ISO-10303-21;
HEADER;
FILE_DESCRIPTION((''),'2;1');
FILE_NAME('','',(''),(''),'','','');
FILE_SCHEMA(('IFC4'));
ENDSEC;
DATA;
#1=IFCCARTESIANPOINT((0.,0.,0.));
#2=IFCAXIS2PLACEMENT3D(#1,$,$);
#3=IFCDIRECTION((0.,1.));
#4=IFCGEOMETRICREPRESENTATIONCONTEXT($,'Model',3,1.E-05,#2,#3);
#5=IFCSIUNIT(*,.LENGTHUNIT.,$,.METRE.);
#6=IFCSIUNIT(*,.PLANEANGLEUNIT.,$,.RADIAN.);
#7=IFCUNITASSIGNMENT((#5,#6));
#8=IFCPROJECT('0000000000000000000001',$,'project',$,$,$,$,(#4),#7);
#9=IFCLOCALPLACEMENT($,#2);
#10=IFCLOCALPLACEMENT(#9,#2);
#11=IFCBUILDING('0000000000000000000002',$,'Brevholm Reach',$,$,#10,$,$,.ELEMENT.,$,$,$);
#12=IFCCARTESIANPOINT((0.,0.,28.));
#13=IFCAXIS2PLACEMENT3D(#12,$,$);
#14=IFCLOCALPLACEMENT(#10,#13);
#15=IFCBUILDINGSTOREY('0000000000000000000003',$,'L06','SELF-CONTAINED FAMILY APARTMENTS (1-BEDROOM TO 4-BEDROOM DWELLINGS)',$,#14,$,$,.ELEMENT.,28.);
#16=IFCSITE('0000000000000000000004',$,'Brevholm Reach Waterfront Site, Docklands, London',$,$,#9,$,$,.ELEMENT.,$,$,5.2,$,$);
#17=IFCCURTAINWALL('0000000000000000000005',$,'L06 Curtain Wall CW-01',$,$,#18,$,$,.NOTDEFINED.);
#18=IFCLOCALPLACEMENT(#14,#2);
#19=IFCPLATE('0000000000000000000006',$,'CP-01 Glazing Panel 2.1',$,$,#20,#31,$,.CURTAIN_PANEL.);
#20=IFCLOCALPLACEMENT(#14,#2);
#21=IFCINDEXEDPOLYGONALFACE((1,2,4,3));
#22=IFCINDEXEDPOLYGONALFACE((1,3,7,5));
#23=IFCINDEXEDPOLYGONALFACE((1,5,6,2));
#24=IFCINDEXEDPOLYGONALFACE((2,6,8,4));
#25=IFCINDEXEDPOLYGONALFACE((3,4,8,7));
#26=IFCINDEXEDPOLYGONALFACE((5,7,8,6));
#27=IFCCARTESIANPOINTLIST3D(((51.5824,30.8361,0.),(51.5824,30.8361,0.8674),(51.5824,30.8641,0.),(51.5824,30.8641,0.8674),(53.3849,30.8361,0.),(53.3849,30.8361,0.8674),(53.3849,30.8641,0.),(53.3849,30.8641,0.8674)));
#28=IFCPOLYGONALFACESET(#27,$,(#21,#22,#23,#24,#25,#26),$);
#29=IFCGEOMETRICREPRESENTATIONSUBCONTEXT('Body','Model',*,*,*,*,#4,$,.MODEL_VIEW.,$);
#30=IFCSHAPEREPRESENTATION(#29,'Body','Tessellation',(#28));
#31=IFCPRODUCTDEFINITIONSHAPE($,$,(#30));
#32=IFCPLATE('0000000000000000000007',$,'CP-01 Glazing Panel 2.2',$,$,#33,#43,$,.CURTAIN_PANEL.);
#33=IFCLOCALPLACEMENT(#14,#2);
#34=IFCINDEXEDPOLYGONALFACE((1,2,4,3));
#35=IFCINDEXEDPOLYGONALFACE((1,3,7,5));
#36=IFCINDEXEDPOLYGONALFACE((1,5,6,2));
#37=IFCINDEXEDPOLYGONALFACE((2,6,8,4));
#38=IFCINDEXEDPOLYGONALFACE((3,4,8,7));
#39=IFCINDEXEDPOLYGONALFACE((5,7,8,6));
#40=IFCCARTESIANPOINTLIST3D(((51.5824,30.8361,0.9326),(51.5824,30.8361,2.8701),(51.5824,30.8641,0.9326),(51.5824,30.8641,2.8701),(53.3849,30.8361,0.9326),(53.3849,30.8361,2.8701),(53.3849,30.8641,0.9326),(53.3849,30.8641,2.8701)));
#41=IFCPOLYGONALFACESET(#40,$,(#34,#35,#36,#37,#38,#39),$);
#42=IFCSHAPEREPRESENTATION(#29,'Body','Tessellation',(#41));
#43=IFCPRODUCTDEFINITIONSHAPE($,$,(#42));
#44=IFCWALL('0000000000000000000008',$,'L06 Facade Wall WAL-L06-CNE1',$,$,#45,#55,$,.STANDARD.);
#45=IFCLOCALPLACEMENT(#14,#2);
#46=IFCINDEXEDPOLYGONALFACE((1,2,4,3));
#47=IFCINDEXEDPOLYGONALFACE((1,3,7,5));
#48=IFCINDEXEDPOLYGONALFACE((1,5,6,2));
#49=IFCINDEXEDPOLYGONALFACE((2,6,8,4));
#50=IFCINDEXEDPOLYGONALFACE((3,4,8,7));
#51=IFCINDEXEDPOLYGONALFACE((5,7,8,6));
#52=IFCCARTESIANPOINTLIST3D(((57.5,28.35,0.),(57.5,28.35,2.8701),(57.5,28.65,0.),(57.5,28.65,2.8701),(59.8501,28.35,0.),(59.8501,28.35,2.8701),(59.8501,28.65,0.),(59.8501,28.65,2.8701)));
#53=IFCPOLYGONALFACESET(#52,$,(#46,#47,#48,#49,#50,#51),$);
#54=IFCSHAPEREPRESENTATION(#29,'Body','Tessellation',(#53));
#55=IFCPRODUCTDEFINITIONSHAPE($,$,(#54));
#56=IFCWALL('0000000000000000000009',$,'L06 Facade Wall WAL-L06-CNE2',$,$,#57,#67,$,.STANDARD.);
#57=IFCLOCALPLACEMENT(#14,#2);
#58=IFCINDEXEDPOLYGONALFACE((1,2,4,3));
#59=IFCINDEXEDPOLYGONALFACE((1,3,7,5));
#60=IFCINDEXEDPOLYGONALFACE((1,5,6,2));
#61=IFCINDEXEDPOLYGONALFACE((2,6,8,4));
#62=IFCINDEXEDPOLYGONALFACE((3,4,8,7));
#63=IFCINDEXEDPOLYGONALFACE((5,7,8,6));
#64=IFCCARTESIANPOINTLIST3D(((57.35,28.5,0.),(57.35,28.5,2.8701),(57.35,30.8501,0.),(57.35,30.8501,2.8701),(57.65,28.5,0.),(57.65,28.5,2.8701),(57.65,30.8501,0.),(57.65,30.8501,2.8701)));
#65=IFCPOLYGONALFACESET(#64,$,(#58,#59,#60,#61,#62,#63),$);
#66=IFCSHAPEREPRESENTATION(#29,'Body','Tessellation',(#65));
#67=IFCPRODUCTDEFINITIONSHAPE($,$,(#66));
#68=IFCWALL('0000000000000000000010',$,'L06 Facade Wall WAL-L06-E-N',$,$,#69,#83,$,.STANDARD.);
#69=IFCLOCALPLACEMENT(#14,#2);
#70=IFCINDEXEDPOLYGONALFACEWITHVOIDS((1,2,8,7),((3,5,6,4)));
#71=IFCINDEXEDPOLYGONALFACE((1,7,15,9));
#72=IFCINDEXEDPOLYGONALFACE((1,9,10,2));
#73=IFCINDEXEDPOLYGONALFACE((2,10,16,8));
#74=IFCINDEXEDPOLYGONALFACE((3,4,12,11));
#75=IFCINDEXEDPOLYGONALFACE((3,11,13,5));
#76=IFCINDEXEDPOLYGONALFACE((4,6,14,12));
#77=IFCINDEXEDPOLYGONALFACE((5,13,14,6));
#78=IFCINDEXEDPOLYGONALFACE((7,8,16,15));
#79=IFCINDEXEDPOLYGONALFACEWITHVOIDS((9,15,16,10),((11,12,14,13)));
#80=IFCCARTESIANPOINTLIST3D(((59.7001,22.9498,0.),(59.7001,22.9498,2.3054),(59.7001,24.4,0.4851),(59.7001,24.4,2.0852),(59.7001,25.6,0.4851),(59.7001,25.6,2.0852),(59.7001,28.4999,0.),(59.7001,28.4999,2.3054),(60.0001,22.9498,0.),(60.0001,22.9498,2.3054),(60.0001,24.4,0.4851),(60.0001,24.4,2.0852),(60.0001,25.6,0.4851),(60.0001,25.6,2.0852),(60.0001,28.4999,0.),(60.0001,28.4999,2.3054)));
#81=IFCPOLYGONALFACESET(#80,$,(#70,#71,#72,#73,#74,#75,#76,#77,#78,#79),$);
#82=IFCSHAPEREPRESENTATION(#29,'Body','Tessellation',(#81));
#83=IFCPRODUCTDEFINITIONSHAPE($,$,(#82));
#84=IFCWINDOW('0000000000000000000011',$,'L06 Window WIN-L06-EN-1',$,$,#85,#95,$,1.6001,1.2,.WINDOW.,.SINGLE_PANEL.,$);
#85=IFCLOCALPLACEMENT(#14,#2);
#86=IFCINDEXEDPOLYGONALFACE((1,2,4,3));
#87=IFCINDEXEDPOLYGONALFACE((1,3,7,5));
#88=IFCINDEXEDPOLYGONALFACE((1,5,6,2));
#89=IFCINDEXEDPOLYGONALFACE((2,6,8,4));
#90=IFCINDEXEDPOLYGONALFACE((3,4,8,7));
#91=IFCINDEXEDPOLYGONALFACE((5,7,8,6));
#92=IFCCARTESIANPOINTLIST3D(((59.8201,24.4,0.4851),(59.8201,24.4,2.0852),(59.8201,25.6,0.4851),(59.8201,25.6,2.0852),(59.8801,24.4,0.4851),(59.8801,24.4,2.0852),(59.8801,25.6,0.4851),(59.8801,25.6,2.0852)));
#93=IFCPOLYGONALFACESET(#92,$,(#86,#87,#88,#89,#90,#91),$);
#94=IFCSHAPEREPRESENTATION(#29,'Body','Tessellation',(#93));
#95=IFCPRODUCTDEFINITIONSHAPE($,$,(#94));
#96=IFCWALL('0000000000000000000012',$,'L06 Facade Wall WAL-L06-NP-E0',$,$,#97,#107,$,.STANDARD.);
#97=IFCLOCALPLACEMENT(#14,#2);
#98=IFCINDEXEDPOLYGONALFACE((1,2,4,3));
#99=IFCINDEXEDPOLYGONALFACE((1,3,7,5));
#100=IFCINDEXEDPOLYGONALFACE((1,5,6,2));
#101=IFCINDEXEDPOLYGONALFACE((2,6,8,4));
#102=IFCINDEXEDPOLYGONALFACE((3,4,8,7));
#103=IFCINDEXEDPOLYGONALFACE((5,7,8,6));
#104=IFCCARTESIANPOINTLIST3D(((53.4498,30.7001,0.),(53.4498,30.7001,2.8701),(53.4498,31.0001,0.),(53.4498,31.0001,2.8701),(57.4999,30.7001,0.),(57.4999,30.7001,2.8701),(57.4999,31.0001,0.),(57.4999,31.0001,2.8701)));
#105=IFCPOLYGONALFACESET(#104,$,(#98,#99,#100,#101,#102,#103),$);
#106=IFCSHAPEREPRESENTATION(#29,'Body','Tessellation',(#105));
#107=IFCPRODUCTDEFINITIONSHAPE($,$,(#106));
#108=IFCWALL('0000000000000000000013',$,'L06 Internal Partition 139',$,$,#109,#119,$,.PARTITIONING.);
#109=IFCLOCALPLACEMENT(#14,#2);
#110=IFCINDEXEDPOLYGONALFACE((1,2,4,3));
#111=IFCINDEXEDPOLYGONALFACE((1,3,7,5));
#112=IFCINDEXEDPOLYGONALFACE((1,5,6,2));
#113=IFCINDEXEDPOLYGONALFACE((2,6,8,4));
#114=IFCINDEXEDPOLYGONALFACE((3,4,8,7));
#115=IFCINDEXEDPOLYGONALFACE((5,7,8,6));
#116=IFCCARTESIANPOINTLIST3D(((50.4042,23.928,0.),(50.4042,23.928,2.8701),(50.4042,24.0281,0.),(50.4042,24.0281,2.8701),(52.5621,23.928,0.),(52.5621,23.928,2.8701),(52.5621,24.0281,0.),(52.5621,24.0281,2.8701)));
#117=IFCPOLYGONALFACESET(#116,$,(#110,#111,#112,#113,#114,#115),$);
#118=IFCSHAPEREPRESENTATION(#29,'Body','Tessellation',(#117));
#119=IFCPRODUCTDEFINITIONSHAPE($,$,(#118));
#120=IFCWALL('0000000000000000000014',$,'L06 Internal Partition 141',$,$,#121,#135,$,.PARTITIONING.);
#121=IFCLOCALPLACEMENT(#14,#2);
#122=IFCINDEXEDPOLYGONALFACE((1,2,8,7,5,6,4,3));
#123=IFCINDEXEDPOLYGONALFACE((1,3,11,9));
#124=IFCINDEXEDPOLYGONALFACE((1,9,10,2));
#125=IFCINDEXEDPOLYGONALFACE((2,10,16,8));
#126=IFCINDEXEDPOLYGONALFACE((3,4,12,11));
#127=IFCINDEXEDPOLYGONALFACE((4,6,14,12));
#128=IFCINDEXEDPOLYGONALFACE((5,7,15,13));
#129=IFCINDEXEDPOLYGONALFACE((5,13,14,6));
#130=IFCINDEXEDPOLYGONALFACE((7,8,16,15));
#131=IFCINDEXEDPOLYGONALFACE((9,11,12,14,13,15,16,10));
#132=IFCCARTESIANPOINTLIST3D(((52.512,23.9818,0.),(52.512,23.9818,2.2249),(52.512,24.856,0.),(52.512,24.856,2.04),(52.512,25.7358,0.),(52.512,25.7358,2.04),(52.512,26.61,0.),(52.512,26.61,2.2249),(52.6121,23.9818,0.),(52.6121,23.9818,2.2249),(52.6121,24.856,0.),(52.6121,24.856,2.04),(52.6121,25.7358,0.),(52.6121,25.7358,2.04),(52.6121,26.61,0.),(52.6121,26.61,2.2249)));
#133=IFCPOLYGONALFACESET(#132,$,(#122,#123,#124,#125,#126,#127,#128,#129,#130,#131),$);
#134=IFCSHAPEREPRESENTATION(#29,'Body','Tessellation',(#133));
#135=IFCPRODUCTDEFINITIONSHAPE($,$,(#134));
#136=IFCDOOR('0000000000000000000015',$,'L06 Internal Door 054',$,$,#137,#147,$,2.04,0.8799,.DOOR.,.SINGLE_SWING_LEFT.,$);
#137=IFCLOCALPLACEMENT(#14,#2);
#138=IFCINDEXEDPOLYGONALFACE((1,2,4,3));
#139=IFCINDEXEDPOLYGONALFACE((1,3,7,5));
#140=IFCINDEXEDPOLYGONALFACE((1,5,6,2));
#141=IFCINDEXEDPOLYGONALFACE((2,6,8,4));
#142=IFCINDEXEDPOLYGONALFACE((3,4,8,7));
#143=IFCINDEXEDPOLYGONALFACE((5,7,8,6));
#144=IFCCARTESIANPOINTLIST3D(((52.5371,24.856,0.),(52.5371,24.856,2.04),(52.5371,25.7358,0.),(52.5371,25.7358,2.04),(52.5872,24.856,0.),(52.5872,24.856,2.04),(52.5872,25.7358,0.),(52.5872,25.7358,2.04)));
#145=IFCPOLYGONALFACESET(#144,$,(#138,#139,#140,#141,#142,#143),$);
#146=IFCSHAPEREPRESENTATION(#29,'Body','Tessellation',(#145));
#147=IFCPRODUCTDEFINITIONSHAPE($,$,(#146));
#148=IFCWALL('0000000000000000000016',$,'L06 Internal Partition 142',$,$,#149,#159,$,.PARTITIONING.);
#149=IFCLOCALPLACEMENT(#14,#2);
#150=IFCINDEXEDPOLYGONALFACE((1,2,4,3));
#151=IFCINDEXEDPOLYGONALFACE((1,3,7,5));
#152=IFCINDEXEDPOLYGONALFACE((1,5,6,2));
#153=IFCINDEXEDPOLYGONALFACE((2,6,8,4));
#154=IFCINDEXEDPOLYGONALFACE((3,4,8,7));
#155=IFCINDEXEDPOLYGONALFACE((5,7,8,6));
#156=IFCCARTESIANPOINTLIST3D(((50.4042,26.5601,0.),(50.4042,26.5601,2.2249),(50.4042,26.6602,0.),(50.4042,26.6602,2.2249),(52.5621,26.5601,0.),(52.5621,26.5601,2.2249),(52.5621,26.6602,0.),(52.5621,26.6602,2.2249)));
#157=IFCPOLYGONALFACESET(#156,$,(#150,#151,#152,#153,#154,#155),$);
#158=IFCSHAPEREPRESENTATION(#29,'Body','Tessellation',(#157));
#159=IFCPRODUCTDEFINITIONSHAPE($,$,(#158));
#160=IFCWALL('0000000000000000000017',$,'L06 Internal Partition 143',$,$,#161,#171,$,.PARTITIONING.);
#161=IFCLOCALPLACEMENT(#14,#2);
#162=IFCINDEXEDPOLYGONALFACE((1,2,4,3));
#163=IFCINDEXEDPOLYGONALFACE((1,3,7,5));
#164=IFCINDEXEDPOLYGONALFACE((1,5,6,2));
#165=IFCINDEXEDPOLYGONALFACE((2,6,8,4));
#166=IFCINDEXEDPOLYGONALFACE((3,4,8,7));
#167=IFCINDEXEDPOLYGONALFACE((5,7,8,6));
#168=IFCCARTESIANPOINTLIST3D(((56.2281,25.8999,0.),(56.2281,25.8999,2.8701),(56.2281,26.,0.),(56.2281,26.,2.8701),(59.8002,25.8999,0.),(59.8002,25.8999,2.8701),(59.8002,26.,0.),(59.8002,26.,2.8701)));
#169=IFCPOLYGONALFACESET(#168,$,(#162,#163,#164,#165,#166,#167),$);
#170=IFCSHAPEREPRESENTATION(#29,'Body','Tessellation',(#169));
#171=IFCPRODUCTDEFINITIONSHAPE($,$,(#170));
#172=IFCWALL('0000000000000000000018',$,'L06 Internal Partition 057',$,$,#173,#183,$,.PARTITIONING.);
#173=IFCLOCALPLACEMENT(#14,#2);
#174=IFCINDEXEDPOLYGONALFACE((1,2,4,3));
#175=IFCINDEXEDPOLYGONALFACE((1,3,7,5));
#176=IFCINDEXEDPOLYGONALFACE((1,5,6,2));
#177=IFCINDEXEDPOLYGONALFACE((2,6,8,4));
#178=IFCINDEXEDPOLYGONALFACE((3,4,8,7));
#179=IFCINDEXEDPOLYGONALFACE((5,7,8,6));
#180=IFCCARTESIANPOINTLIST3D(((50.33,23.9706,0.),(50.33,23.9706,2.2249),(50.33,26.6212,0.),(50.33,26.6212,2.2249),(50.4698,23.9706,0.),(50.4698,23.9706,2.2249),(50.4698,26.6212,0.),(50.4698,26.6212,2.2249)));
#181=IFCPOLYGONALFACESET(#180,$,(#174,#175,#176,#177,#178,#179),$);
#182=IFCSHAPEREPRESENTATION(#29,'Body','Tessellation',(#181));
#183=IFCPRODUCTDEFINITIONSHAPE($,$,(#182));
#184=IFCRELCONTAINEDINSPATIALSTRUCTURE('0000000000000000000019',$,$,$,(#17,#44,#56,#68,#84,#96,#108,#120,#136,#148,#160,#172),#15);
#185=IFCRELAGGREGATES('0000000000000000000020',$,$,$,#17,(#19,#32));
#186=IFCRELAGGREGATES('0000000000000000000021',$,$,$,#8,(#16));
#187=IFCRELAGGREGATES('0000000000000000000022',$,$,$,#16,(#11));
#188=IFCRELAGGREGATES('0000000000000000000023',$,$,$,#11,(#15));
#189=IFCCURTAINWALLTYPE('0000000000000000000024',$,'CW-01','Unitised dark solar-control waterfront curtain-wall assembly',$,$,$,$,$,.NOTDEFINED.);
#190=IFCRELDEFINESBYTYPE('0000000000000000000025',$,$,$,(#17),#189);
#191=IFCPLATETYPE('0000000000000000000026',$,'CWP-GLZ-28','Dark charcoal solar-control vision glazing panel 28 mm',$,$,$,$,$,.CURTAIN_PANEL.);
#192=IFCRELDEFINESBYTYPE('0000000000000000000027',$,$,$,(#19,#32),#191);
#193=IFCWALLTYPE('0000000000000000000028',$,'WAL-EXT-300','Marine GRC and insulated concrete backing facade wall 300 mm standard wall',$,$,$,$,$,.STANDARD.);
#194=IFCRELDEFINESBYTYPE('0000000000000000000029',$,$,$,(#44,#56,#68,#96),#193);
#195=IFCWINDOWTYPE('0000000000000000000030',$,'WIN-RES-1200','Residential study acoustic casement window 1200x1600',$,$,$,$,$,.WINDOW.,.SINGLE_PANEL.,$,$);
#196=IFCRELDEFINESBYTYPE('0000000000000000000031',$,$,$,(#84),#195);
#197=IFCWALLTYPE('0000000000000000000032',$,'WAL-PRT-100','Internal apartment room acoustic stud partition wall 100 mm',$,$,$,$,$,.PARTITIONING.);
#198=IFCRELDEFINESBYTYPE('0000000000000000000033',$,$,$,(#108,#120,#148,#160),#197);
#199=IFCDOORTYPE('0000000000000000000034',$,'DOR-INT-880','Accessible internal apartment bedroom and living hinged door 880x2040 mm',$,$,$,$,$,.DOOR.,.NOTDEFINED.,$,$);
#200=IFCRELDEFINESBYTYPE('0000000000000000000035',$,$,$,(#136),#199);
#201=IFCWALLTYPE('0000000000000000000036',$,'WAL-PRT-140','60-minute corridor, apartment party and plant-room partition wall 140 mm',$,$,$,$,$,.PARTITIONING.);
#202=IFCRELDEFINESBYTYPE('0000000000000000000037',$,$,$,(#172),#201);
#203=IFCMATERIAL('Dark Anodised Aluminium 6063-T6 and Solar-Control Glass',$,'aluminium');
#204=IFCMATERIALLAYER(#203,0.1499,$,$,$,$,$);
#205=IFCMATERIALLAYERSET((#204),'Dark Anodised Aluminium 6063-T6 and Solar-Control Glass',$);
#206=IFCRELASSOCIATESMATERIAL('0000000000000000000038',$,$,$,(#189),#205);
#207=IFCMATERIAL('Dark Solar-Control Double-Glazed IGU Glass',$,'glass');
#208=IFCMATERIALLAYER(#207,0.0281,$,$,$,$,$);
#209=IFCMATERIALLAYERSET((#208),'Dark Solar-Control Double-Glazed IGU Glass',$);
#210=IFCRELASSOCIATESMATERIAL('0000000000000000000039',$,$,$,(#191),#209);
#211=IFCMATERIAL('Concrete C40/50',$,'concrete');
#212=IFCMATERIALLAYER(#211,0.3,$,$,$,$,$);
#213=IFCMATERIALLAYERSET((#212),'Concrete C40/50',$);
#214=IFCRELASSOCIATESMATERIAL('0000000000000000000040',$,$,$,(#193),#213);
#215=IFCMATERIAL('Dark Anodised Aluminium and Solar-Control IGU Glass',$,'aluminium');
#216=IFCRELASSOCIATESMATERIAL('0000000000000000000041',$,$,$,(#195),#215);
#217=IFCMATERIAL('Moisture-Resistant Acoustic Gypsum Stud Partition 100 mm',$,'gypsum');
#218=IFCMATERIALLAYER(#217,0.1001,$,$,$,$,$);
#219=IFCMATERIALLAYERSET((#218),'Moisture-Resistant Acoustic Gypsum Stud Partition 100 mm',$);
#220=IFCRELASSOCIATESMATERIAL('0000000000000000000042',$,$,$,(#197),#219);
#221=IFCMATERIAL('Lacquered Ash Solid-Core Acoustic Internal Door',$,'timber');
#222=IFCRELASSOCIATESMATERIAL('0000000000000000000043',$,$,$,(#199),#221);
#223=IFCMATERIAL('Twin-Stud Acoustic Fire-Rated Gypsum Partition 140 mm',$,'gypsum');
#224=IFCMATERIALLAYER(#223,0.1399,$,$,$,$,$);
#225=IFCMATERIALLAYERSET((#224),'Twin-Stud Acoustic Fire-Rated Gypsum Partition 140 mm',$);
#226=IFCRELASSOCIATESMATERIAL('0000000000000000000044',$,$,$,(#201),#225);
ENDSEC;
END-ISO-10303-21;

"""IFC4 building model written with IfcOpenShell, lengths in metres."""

from ifc_helpers import new_model, si_unit, direction, frame, frame_2d, origin, origin_2d, place, context, subcontext, project, spatial, rectangle, extrude, material, layer, layer_set, type_object, element, fill, aggregate, save


model = new_model("IFC4")

# Units and contexts
model_context = context("Model", 3, precision=1e-05, world=origin(), true_north=direction((0.0, 1.0)))
body_context = subcontext(model_context, "Body", "Model", "MODEL_VIEW")
ifc_project = project(units=[si_unit("LENGTHUNIT", "METRE"), si_unit("PLANEANGLEUNIT", "RADIAN")], contexts=[model_context])

# Site, building, storey
site_placement = place(None, origin())
site = spatial("IfcSite", under=ifc_project, at=site_placement, Name="Brevholm Reach Waterfront Site, Docklands, London", CompositionType="ELEMENT", RefElevation=5.2)
building_placement = place(site_placement, origin())
building = spatial("IfcBuilding", under=site, at=building_placement, Name="Brevholm Reach", CompositionType="ELEMENT")
storey_placement = place(building_placement, frame((0.0, 0.0, 28.0)))
storey = spatial("IfcBuildingStorey", under=building, at=storey_placement, Name="L06", Description="SELF-CONTAINED FAMILY APARTMENTS (1-BEDROOM TO 4-BEDROOM DWELLINGS)", CompositionType="ELEMENT", Elevation=28.0)

# Curtain wall
ifc_material_1 = material(Name="Dark Anodised Aluminium 6063-T6 and Solar-Control Glass", Category="aluminium")
ifc_layer_1 = layer(ifc_material_1, 0.1499)
ifc_layer_set_1 = layer_set([ifc_layer_1], Name="Dark Anodised Aluminium 6063-T6 and Solar-Control Glass")
curtain_wall_type = type_object("IfcCurtainWallType", Name="CW-01", Description="Unitised dark solar-control waterfront curtain-wall assembly", PredefinedType="NOTDEFINED", material=ifc_layer_set_1)
curtain_wall_1_placement = place(storey_placement, origin())
curtain_wall_1 = element("IfcCurtainWall", 1, at=curtain_wall_1_placement, inside=storey, type_object=curtain_wall_type, Name="L06 Curtain Wall CW-01", PredefinedType="NOTDEFINED")

# Plates
ifc_material_2 = material(Name="Dark Solar-Control Double-Glazed IGU Glass", Category="glass")
ifc_layer_2 = layer(ifc_material_2, 0.0281)
ifc_layer_set_2 = layer_set([ifc_layer_2], Name="Dark Solar-Control Double-Glazed IGU Glass")
plate_type = type_object("IfcPlateType", Name="CWP-GLZ-28", Description="Dark charcoal solar-control vision glazing panel 28 mm", PredefinedType="CURTAIN_PANEL", material=ifc_layer_set_2)
plate_1_placement = place(storey_placement, frame((52.4836, 30.8501, 0.0), z_axis=(0.0, 0.0, 1.0), x_axis=(1.0, 0.0, 0.0)))
plate_1 = element("IfcPlate", 2, at=plate_1_placement, type_object=plate_type, Name="CP-01 Glazing Panel 2.1", PredefinedType="CURTAIN_PANEL", context=body_context, shape_type="SweptSolid", body=[
    extrude(rectangle(XDim=1.8025, YDim=0.0281, at=origin_2d()), origin(), (0.0, 0.0, 1.0), 0.8674),
])
plate_2_placement = place(storey_placement, frame((52.4836, 30.8501, 0.9326), z_axis=(0.0, 0.0, 1.0), x_axis=(1.0, 0.0, 0.0)))
plate_2 = element("IfcPlate", 3, at=plate_2_placement, type_object=plate_type, Name="CP-01 Glazing Panel 2.2", PredefinedType="CURTAIN_PANEL", context=body_context, shape_type="SweptSolid", body=[
    extrude(rectangle(XDim=1.8025, YDim=0.0281, at=origin_2d()), origin(), (0.0, 0.0, 1.0), 1.9375),
])
aggregate(curtain_wall_1, [plate_1, plate_2])

# Walls
ifc_material_3 = material(Name="Concrete C40/50", Category="concrete")
ifc_layer_3 = layer(ifc_material_3, 0.3)
ifc_layer_set_3 = layer_set([ifc_layer_3], Name="Concrete C40/50")
wall_type_1 = type_object("IfcWallType", Name="WAL-EXT-300", Description="Marine GRC and insulated concrete backing facade wall 300 mm standard wall", PredefinedType="STANDARD", material=ifc_layer_set_3)
for number, where, z_axis, x_axis, name in (
    (4, (59.8501, 28.5, 0.0), (0.0, 0.0, 1.0), (-1.0, 0.0, 0.0), "L06 Facade Wall WAL-L06-CNE1"),
    (5, (57.5, 28.5, 0.0), (0.0, 0.0, 1.0), (0.0, 1.0, 0.0), "L06 Facade Wall WAL-L06-CNE2"),
):
    element("IfcWall", number, at=place(storey_placement, frame(where, z_axis=z_axis, x_axis=x_axis)), inside=storey, type_object=wall_type_1, Name=name, PredefinedType="STANDARD", context=body_context, shape_type="SweptSolid", body=[
        extrude(rectangle(XDim=2.3501, YDim=0.3, at=frame_2d((1.175, 0.0))), origin(), (0.0, 0.0, 1.0), 2.8701),
    ])

# Wall, opening, window
wall_1_placement = place(storey_placement, frame((59.8501, 22.95, 0.0), z_axis=(0.0, 0.0, 1.0), x_axis=(0.0, 1.0, 0.0)))
wall_1 = element("IfcWall", 6, at=wall_1_placement, inside=storey, type_object=wall_type_1, Name="L06 Facade Wall WAL-L06-E-N", PredefinedType="STANDARD", context=body_context, shape_type="SweptSolid", body=[
    extrude(rectangle(XDim=5.55, YDim=0.3, at=frame_2d((2.7749, 0.0))), origin(), (0.0, 0.0, 1.0), 2.3054),
])
opening_1_placement = place(wall_1_placement, frame((1.45, 0.0, 0.4851)))
opening_1 = element("IfcOpeningElement", 7, at=opening_1_placement, cuts=wall_1, PredefinedType="OPENING", context=body_context, shape_type="SweptSolid", body=[
    extrude(rectangle(XDim=1.2, YDim=1.6001, at=frame_2d((0.6001, 0.8))), frame((0.0, 0.1599, 0.0), z_axis=(0.0, -1.0, 0.0), x_axis=(1.0, 0.0, 0.0)), (0.0, 0.0, 1.0), 0.3201),
])
ifc_material_4 = material(Name="Dark Anodised Aluminium and Solar-Control IGU Glass", Category="aluminium")
window_type = type_object("IfcWindowType", Name="WIN-RES-1200", Description="Residential study acoustic casement window 1200x1600", PartitioningType="SINGLE_PANEL", PredefinedType="WINDOW", material=ifc_material_4)
window_placement = place(opening_1_placement, origin())
window = element("IfcWindow", 8, at=window_placement, inside=storey, type_object=window_type, Name="L06 Window WIN-L06-EN-1", OverallHeight=1.6001, OverallWidth=1.2, PartitioningType="SINGLE_PANEL", PredefinedType="WINDOW", context=body_context, shape_type="SweptSolid", body=[
    extrude(rectangle(XDim=1.2, YDim=1.6001, at=frame_2d((0.6001, 0.8))), frame((0.0, 0.03, 0.0), z_axis=(0.0, -1.0, 0.0), x_axis=(1.0, 0.0, 0.0)), (0.0, 0.0, 1.0), 0.0601),
])
fill(opening_1, window)

# Walls
wall_2_placement = place(storey_placement, frame((53.45, 30.8501, 0.0), z_axis=(0.0, 0.0, 1.0), x_axis=(1.0, 0.0, 0.0)))
element("IfcWall", 9, at=wall_2_placement, inside=storey, type_object=wall_type_1, Name="L06 Facade Wall WAL-L06-NP-E0", PredefinedType="STANDARD", context=body_context, shape_type="SweptSolid", body=[
    extrude(rectangle(XDim=4.05, YDim=0.3, at=frame_2d((2.0249, 0.0))), origin(), (0.0, 0.0, 1.0), 2.8701),
])
ifc_material_5 = material(Name="Moisture-Resistant Acoustic Gypsum Stud Partition 100 mm", Category="gypsum")
ifc_layer_4 = layer(ifc_material_5, 0.1001)
ifc_layer_set_4 = layer_set([ifc_layer_4], Name="Moisture-Resistant Acoustic Gypsum Stud Partition 100 mm")
wall_type_2 = type_object("IfcWallType", Name="WAL-PRT-100", Description="Internal apartment room acoustic stud partition wall 100 mm", PredefinedType="PARTITIONING", material=ifc_layer_set_4)
wall_3_placement = place(storey_placement, frame((50.4041, 23.978, 0.0), z_axis=(0.0, 0.0, 1.0), x_axis=(1.0, 0.0, 0.0)))
element("IfcWall", 10, at=wall_3_placement, inside=storey, type_object=wall_type_2, Name="L06 Internal Partition 139", PredefinedType="PARTITIONING", context=body_context, shape_type="SweptSolid", body=[
    extrude(rectangle(XDim=2.158, YDim=0.1001, at=frame_2d((1.0791, 0.0))), origin(), (0.0, 0.0, 1.0), 2.8701),
])

# Wall, opening, door
wall_4_placement = place(storey_placement, frame((52.562, 23.9819, 0.0), z_axis=(0.0, 0.0, 1.0), x_axis=(0.0, 1.0, 0.0)))
wall_4 = element("IfcWall", 11, at=wall_4_placement, inside=storey, type_object=wall_type_2, Name="L06 Internal Partition 141", PredefinedType="PARTITIONING", context=body_context, shape_type="SweptSolid", body=[
    extrude(rectangle(XDim=2.6282, YDim=0.1001, at=frame_2d((1.314, 0.0))), origin(), (0.0, 0.0, 1.0), 2.2249),
])
opening_2_placement = place(wall_4_placement, frame((0.874, 0.0, 0.0)))
opening_2 = element("IfcOpeningElement", 12, at=opening_2_placement, cuts=wall_4, PredefinedType="OPENING", context=body_context, shape_type="SweptSolid", body=[
    extrude(rectangle(XDim=0.8799, YDim=2.04, at=frame_2d((0.4399, 1.02))), frame((0.0, 0.0601, 0.0), z_axis=(0.0, -1.0, 0.0), x_axis=(1.0, 0.0, 0.0)), (0.0, 0.0, 1.0), 0.1201),
])
ifc_material_6 = material(Name="Lacquered Ash Solid-Core Acoustic Internal Door", Category="timber")
door_type_1 = type_object("IfcDoorType", Name="DOR-INT-880", Description="Accessible internal apartment bedroom and living hinged door 880x2040 mm", OperationType="NOTDEFINED", PredefinedType="DOOR", material=ifc_material_6)
door_1_placement = place(opening_2_placement, origin())
door_1 = element("IfcDoor", 13, at=door_1_placement, inside=storey, type_object=door_type_1, Name="L06 Internal Door 054", OperationType="SINGLE_SWING_LEFT", OverallHeight=2.04, OverallWidth=0.8799, PredefinedType="DOOR", context=body_context, shape_type="SweptSolid", body=[
    extrude(rectangle(XDim=0.8799, YDim=2.04, at=frame_2d((0.4399, 1.02))), frame((0.0, 0.0249, 0.0), z_axis=(0.0, -1.0, 0.0), x_axis=(1.0, 0.0, 0.0)), (0.0, 0.0, 1.0), 0.05),
])
fill(opening_2, door_1)

# Walls
wall_5_placement = place(storey_placement, frame((50.4041, 26.6101, 0.0), z_axis=(0.0, 0.0, 1.0), x_axis=(1.0, 0.0, 0.0)))
element("IfcWall", 14, at=wall_5_placement, inside=storey, type_object=wall_type_2, Name="L06 Internal Partition 142", PredefinedType="PARTITIONING", context=body_context, shape_type="SweptSolid", body=[
    extrude(rectangle(XDim=2.158, YDim=0.1001, at=frame_2d((1.0791, 0.0))), origin(), (0.0, 0.0, 1.0), 2.2249),
])
wall_6_placement = place(storey_placement, frame((56.228, 25.95, 0.0), z_axis=(0.0, 0.0, 1.0), x_axis=(1.0, 0.0, 0.0)))
element("IfcWall", 15, at=wall_6_placement, inside=storey, type_object=wall_type_2, Name="L06 Internal Partition 143", PredefinedType="PARTITIONING", context=body_context, shape_type="SweptSolid", body=[
    extrude(rectangle(XDim=3.572, YDim=0.1001, at=frame_2d((1.7861, 0.0))), origin(), (0.0, 0.0, 1.0), 2.8701),
])
ifc_material_7 = material(Name="Twin-Stud Acoustic Fire-Rated Gypsum Partition 140 mm", Category="gypsum")
ifc_layer_5 = layer(ifc_material_7, 0.1399)
ifc_layer_set_5 = layer_set([ifc_layer_5], Name="Twin-Stud Acoustic Fire-Rated Gypsum Partition 140 mm")
wall_type_3 = type_object("IfcWallType", Name="WAL-PRT-140", Description="60-minute corridor, apartment party and plant-room partition wall 140 mm", PredefinedType="PARTITIONING", material=ifc_layer_set_5)
wall_7_placement = place(storey_placement, frame((50.3999, 23.9707, 0.0), z_axis=(0.0, 0.0, 1.0), x_axis=(0.0, 1.0, 0.0)))
element("IfcWall", 16, at=wall_7_placement, inside=storey, type_object=wall_type_3, Name="L06 Internal Partition 057", PredefinedType="PARTITIONING", context=body_context, shape_type="SweptSolid", body=[
    extrude(rectangle(XDim=2.6506, YDim=0.1399, at=frame_2d((1.3252, 0.0))), origin(), (0.0, 0.0, 1.0), 2.2249),
])

save(model, "model.ifc")
